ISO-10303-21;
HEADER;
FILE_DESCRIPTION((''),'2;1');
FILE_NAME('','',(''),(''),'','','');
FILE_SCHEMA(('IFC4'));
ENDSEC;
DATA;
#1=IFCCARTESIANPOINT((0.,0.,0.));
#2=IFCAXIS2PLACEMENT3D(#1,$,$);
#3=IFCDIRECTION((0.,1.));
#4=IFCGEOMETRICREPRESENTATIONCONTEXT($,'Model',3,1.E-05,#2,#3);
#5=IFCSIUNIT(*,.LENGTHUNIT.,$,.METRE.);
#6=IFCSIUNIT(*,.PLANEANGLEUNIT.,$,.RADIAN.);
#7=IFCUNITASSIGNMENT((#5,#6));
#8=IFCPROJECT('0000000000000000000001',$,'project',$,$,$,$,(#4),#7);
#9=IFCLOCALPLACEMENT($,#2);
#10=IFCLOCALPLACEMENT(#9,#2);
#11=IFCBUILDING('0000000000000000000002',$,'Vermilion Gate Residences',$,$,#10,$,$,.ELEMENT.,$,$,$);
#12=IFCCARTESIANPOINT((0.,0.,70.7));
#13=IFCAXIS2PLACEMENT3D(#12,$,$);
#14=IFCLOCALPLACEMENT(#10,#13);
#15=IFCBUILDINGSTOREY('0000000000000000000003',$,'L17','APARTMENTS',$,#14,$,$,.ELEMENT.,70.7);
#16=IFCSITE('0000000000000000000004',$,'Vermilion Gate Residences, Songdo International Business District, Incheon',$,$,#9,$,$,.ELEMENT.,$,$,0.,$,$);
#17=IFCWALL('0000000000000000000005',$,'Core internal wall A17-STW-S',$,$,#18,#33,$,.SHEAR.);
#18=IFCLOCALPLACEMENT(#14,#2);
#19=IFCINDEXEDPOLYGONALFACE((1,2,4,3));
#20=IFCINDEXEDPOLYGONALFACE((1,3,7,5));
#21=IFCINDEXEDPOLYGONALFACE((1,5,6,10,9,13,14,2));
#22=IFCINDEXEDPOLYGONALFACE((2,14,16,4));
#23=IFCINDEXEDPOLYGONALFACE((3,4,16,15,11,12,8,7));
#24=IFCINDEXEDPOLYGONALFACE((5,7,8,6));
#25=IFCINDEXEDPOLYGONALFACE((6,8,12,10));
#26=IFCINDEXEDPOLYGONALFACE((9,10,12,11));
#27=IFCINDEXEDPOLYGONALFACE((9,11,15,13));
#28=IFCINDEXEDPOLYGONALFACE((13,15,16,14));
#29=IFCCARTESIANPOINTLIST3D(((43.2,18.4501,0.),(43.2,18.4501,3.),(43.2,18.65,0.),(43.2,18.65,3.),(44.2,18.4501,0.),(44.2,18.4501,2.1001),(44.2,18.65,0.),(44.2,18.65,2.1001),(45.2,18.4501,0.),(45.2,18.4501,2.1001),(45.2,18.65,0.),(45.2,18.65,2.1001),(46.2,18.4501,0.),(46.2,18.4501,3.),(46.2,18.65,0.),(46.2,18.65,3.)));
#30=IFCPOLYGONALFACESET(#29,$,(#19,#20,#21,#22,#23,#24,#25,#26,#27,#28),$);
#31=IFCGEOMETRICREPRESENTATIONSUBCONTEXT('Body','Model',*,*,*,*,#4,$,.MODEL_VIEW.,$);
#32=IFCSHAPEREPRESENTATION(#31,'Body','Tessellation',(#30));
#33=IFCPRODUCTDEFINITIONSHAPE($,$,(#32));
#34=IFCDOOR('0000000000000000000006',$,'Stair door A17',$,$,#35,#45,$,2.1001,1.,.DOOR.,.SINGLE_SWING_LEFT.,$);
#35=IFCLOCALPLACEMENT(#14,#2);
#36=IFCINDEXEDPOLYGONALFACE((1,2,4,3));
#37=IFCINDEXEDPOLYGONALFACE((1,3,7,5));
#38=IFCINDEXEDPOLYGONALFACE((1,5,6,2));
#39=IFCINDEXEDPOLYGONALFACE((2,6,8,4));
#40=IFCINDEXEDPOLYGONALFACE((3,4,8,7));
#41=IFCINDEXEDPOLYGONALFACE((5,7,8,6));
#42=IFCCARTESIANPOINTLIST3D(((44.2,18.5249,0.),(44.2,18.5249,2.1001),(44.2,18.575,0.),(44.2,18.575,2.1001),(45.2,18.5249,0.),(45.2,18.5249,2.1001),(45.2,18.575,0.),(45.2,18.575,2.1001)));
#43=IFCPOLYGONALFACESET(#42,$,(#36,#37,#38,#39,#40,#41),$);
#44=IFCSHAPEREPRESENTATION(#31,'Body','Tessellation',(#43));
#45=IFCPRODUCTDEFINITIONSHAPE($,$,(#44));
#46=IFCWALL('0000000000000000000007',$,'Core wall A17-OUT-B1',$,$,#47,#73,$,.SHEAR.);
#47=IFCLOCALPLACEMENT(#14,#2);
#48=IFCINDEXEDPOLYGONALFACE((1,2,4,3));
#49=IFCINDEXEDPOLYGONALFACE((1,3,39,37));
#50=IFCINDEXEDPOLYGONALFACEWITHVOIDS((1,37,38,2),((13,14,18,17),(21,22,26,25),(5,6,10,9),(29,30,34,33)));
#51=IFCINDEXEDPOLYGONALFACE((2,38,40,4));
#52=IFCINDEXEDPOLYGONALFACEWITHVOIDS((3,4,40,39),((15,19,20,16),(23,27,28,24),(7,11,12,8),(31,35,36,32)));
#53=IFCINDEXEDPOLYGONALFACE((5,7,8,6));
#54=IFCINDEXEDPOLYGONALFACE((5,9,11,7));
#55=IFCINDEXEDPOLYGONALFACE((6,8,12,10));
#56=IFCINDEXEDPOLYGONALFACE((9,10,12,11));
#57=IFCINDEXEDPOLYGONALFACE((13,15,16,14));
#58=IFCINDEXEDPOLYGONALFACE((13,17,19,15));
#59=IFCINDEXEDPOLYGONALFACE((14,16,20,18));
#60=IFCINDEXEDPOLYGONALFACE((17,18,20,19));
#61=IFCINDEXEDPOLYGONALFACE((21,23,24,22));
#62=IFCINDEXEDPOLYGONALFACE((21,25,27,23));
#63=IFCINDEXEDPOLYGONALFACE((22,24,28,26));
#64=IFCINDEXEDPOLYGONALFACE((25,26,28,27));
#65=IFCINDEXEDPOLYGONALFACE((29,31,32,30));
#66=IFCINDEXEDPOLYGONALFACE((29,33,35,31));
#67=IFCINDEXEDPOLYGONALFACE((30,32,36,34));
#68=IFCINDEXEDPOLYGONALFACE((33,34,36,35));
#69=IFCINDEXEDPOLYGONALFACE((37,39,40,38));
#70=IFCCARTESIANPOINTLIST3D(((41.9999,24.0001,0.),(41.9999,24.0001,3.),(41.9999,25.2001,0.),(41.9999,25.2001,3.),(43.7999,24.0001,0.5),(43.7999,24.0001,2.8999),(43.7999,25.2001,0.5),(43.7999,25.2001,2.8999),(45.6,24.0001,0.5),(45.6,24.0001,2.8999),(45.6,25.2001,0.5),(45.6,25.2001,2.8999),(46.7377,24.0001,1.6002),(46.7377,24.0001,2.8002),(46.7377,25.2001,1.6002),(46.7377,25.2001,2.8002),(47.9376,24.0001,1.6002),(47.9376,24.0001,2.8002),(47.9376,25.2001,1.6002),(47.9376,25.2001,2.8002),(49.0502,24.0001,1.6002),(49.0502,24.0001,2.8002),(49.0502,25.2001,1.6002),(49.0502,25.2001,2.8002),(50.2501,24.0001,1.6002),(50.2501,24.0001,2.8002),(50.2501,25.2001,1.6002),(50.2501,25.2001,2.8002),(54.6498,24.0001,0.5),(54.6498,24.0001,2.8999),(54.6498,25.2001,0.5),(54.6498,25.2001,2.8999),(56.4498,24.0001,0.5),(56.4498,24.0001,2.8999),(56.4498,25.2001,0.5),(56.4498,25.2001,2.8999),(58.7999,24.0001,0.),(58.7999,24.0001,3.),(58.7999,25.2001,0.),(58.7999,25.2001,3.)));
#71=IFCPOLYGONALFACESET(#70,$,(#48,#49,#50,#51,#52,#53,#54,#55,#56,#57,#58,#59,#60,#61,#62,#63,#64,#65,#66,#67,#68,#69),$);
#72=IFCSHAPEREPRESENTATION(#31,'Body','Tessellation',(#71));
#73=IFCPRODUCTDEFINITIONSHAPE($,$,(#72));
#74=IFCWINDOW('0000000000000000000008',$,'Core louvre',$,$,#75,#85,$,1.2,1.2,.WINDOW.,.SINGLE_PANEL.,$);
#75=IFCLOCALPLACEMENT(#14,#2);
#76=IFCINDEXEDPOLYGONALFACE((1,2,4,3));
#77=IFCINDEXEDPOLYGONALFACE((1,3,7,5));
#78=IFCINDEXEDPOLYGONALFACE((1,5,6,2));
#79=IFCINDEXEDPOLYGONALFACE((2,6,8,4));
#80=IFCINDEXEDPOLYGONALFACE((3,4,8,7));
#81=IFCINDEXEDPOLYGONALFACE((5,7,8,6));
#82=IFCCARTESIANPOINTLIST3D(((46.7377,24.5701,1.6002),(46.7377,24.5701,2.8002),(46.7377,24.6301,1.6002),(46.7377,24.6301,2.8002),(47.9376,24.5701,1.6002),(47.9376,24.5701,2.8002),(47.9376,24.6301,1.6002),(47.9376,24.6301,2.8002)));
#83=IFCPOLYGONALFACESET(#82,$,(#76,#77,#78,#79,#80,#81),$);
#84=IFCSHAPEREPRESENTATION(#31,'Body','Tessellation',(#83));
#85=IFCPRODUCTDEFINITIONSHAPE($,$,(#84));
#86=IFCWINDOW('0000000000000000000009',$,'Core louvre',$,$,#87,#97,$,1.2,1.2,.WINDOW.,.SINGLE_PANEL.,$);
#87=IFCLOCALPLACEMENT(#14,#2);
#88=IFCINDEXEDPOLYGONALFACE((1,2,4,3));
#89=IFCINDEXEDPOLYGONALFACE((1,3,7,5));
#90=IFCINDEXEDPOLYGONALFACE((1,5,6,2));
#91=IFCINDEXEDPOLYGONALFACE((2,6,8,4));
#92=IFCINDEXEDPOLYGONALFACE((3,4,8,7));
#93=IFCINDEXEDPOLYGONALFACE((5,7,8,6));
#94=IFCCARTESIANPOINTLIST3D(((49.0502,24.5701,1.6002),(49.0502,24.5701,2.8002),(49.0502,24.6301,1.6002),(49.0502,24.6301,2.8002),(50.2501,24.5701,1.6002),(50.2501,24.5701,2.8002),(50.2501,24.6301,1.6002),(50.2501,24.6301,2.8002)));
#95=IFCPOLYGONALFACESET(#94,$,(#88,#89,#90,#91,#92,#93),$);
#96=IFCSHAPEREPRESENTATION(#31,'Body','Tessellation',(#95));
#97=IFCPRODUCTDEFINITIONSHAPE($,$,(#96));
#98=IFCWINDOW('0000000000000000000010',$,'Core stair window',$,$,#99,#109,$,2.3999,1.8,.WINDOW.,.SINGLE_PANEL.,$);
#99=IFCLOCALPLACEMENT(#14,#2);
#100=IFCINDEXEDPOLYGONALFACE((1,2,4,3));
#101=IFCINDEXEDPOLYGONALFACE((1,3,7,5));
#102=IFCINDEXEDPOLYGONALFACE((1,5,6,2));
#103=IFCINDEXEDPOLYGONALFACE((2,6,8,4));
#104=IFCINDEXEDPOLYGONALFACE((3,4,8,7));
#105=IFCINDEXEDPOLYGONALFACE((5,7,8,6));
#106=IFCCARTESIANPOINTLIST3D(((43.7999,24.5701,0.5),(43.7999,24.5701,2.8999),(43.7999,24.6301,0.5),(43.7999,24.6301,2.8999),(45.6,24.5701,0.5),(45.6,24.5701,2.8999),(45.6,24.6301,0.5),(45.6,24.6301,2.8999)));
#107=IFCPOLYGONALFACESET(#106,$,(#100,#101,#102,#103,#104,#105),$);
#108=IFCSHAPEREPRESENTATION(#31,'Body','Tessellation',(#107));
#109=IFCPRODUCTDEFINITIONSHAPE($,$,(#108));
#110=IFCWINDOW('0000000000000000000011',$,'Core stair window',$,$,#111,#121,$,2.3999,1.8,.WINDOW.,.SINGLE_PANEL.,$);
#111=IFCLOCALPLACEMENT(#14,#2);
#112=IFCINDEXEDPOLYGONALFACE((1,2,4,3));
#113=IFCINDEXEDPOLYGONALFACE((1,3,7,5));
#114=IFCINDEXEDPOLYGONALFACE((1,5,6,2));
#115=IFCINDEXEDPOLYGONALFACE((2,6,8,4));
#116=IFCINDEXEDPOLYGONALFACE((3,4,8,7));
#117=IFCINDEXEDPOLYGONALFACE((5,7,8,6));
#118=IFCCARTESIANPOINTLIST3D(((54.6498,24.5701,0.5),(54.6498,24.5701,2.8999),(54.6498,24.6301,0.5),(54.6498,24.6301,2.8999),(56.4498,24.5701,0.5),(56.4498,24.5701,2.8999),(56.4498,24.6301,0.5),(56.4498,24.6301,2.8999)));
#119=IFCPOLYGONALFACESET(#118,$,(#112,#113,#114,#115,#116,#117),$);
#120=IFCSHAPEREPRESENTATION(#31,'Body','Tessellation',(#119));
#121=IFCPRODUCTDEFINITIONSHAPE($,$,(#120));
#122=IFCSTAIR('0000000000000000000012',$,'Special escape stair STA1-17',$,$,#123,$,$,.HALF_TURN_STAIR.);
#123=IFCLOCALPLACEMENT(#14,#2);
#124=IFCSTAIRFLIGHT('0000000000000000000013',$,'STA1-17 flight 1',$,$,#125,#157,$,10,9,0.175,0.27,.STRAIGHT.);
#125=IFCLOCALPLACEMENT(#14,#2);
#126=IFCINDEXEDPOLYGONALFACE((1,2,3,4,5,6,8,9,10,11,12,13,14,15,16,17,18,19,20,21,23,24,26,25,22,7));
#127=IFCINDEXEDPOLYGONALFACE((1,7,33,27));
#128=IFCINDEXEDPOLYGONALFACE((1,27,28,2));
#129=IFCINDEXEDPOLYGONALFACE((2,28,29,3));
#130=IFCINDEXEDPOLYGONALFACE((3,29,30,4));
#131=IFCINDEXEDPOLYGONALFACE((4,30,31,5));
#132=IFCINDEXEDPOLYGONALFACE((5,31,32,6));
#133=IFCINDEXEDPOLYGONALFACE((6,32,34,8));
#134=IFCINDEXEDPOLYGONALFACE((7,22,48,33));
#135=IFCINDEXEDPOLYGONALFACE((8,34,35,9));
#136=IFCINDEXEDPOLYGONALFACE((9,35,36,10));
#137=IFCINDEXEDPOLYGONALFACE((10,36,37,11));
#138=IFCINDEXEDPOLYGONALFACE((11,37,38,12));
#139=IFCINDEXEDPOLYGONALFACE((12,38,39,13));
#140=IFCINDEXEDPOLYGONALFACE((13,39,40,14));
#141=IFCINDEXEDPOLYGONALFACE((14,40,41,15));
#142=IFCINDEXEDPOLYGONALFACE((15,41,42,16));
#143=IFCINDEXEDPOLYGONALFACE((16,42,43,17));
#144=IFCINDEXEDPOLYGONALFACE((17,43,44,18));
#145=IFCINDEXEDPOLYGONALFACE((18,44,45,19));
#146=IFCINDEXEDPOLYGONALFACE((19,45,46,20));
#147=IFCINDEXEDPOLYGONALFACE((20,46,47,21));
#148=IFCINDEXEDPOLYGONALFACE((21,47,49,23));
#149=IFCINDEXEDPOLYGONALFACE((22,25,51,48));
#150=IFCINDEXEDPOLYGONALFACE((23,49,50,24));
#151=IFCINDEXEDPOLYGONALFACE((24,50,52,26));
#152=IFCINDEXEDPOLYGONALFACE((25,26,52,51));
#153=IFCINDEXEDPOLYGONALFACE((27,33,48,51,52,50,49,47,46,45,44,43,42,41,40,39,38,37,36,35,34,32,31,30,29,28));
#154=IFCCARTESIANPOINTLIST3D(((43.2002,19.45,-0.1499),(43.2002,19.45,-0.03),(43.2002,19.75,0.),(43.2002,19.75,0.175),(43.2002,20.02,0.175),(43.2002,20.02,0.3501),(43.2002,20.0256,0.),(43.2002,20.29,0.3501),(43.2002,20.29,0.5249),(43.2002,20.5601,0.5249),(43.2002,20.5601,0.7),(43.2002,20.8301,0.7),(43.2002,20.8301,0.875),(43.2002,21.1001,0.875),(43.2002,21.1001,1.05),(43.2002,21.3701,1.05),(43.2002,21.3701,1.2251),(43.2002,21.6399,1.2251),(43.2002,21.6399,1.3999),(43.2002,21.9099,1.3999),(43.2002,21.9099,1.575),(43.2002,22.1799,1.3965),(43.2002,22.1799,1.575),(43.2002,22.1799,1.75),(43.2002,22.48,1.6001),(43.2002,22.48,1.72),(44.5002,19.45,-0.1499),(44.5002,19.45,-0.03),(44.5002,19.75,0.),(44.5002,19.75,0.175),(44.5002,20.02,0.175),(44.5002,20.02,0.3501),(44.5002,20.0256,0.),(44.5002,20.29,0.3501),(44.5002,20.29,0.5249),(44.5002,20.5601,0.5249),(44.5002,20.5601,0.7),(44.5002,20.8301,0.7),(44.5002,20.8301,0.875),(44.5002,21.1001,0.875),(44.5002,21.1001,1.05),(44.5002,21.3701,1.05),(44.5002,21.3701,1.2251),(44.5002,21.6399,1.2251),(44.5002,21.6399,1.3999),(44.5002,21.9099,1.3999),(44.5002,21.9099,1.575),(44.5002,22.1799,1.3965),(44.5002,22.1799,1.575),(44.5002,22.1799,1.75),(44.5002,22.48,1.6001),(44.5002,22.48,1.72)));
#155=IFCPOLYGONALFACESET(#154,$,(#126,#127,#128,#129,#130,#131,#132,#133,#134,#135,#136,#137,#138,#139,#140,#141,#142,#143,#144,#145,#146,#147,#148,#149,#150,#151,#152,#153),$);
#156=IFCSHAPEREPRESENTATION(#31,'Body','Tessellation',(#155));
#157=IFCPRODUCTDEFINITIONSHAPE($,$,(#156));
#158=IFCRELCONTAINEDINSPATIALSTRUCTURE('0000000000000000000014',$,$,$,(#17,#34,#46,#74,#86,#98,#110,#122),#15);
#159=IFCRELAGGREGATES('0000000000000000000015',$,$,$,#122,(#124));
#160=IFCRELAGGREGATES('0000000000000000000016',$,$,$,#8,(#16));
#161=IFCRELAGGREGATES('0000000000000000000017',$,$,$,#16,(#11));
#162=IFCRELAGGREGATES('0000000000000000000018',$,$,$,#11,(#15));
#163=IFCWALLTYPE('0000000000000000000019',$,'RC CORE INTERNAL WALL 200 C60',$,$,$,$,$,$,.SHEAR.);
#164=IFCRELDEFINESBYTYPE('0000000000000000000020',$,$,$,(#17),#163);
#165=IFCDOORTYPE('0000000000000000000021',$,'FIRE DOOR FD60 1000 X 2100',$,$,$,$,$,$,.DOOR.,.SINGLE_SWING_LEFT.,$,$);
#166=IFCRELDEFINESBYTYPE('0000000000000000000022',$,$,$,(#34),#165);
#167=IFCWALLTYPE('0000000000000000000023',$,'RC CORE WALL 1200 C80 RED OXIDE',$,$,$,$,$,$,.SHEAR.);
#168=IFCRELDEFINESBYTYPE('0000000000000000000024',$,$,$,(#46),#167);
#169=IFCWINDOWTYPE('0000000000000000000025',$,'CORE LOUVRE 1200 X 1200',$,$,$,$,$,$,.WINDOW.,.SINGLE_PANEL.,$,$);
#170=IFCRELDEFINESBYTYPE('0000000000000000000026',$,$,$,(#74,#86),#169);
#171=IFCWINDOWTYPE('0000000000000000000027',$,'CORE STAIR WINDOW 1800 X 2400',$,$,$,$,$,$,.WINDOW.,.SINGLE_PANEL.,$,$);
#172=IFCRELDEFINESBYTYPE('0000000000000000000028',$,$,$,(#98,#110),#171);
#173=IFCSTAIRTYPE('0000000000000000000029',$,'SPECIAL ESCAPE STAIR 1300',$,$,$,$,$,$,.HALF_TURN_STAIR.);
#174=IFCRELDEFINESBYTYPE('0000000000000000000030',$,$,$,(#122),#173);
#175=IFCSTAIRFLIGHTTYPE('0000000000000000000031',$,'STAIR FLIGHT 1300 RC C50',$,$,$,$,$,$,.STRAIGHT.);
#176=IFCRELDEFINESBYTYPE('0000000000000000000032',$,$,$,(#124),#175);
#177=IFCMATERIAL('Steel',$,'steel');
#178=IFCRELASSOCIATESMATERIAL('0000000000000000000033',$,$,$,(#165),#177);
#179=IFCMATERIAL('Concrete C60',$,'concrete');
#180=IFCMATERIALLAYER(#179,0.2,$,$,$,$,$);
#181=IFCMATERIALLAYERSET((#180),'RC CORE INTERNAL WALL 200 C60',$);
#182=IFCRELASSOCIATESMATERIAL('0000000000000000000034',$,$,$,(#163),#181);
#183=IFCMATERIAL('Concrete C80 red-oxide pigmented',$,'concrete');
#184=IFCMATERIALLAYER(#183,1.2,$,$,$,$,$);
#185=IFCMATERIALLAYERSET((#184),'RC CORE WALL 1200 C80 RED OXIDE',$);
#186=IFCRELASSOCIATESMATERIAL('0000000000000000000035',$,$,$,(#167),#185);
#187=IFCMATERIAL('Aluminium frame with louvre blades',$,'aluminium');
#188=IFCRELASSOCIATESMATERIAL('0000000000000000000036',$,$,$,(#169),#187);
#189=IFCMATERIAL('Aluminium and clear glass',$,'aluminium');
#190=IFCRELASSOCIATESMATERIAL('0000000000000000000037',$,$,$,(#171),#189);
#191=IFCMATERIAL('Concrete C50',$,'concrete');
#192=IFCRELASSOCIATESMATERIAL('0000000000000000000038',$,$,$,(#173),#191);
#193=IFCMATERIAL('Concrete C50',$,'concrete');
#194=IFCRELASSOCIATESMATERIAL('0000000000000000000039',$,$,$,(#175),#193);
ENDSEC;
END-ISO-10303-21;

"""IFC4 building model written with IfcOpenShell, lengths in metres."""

from ifc_helpers import new_model, si_unit, direction, frame, frame_2d, origin, place, context, subcontext, project, spatial, polyline, rectangle, outline, extrude, material, layer, layer_set, type_object, element, fill, aggregate, save


model = new_model("IFC4")

# Units and contexts
model_context = context("Model", 3, precision=1e-05, world=origin(), true_north=direction((0.0, 1.0)))
body_context = subcontext(model_context, "Body", "Model", "MODEL_VIEW")
ifc_project = project(units=[si_unit("LENGTHUNIT", "METRE"), si_unit("PLANEANGLEUNIT", "RADIAN")], contexts=[model_context])

# Site, building, storey
site_placement = place(None, origin())
site = spatial("IfcSite", under=ifc_project, at=site_placement, Name="Vermilion Gate Residences, Songdo International Business District, Incheon", CompositionType="ELEMENT", RefElevation=0.0)
building_placement = place(site_placement, origin())
building = spatial("IfcBuilding", under=site, at=building_placement, Name="Vermilion Gate Residences", CompositionType="ELEMENT")
storey_placement = place(building_placement, frame((0.0, 0.0, 70.7)))
storey = spatial("IfcBuildingStorey", under=building, at=storey_placement, Name="L17", Description="APARTMENTS", CompositionType="ELEMENT", Elevation=70.7)

# Shared definitions
ifc_material_1 = material(Name="Steel", Category="steel")
door_type_1 = type_object("IfcDoorType", Name="FIRE DOOR FD60 1000 X 2100", OperationType="SINGLE_SWING_LEFT", PredefinedType="DOOR", material=ifc_material_1)

# Wall, opening, door
ifc_material_2 = material(Name="Concrete C60", Category="concrete")
ifc_layer_1 = layer(ifc_material_2, 0.2)
ifc_layer_set_1 = layer_set([ifc_layer_1], Name="RC CORE INTERNAL WALL 200 C60")
wall_type_1 = type_object("IfcWallType", Name="RC CORE INTERNAL WALL 200 C60", PredefinedType="SHEAR", material=ifc_layer_set_1)
wall_1_placement = place(storey_placement, frame((43.2, 18.55, 0.0), z_axis=(0.0, 0.0, 1.0), x_axis=(1.0, 0.0, 0.0)))
wall_1 = element("IfcWall", 1, at=wall_1_placement, inside=storey, type_object=wall_type_1, Name="Core internal wall A17-STW-S", PredefinedType="SHEAR", context=body_context, shape_type="SweptSolid", body=[
    extrude(rectangle(XDim=3.0, YDim=0.2, at=frame_2d((1.5, 0.0))), origin(), (0.0, 0.0, 1.0), 3.0),
])
opening_1_placement = place(wall_1_placement, frame((1.0, 0.0, 0.0)))
opening_1 = element("IfcOpeningElement", 2, at=opening_1_placement, cuts=wall_1, PredefinedType="OPENING", context=body_context, shape_type="SweptSolid", body=[
    extrude(rectangle(XDim=1.0, YDim=2.1001, at=frame_2d((0.5, 1.05))), frame((0.0, 0.1099, 0.0), z_axis=(0.0, -1.0, 0.0), x_axis=(1.0, 0.0, 0.0)), (0.0, 0.0, 1.0), 0.22),
])
door_1_placement = place(opening_1_placement, origin())
door_1 = element("IfcDoor", 3, at=door_1_placement, inside=storey, type_object=door_type_1, Name="Stair door A17", OperationType="SINGLE_SWING_LEFT", OverallHeight=2.1001, OverallWidth=1.0, PredefinedType="DOOR", context=body_context, shape_type="SweptSolid", body=[
    extrude(rectangle(XDim=1.0, YDim=2.1001, at=frame_2d((0.5, 1.05))), frame((0.0, 0.0249, 0.0), z_axis=(0.0, -1.0, 0.0), x_axis=(1.0, 0.0, 0.0)), (0.0, 0.0, 1.0), 0.05),
])
fill(opening_1, door_1)

# Wall, openings, windows
ifc_material_3 = material(Name="Concrete C80 red-oxide pigmented", Category="concrete")
ifc_layer_2 = layer(ifc_material_3, 1.2)
ifc_layer_set_2 = layer_set([ifc_layer_2], Name="RC CORE WALL 1200 C80 RED OXIDE")
wall_type_2 = type_object("IfcWallType", Name="RC CORE WALL 1200 C80 RED OXIDE", PredefinedType="SHEAR", material=ifc_layer_set_2)
wall_2_placement = place(storey_placement, frame((42.0, 24.6001, 0.0), z_axis=(0.0, 0.0, 1.0), x_axis=(1.0, 0.0, 0.0)))
wall_2 = element("IfcWall", 4, at=wall_2_placement, inside=storey, type_object=wall_type_2, Name="Core wall A17-OUT-B1", PredefinedType="SHEAR", context=body_context, shape_type="SweptSolid", body=[
    extrude(rectangle(XDim=16.8, YDim=1.2, at=frame_2d((8.3999, 0.0))), origin(), (0.0, 0.0, 1.0), 3.0),
])
opening_2_placement = place(wall_2_placement, frame((1.8, 0.0, 0.5)))
opening_2 = element("IfcOpeningElement", 5, at=opening_2_placement, cuts=wall_2, PredefinedType="OPENING", context=body_context, shape_type="SweptSolid", body=[
    extrude(rectangle(XDim=1.8, YDim=2.3999, at=frame_2d((0.8999, 1.2))), frame((0.0, 0.6099, 0.0), z_axis=(0.0, -1.0, 0.0), x_axis=(1.0, 0.0, 0.0)), (0.0, 0.0, 1.0), 1.22),
])
opening_3_placement = place(wall_2_placement, frame((4.7375, 0.0, 1.6001)))
opening_3 = element("IfcOpeningElement", 6, at=opening_3_placement, cuts=wall_2, PredefinedType="OPENING", context=body_context, shape_type="SweptSolid", body=[
    extrude(rectangle(XDim=1.2, YDim=1.2, at=frame_2d((0.6001, 0.6001))), frame((0.0, 0.6099, 0.0), z_axis=(0.0, -1.0, 0.0), x_axis=(1.0, 0.0, 0.0)), (0.0, 0.0, 1.0), 1.22),
])
opening_4_placement = place(wall_2_placement, frame((7.05, 0.0, 1.6001)))
opening_4 = element("IfcOpeningElement", 7, at=opening_4_placement, cuts=wall_2, PredefinedType="OPENING", context=body_context, shape_type="SweptSolid", body=[
    extrude(rectangle(XDim=1.2, YDim=1.2, at=frame_2d((0.6001, 0.6001))), frame((0.0, 0.6099, 0.0), z_axis=(0.0, -1.0, 0.0), x_axis=(1.0, 0.0, 0.0)), (0.0, 0.0, 1.0), 1.22),
])
opening_5_placement = place(wall_2_placement, frame((12.6499, 0.0, 0.5)))
opening_5 = element("IfcOpeningElement", 8, at=opening_5_placement, cuts=wall_2, PredefinedType="OPENING", context=body_context, shape_type="SweptSolid", body=[
    extrude(rectangle(XDim=1.8, YDim=2.3999, at=frame_2d((0.8999, 1.2))), frame((0.0, 0.6099, 0.0), z_axis=(0.0, -1.0, 0.0), x_axis=(1.0, 0.0, 0.0)), (0.0, 0.0, 1.0), 1.22),
])
ifc_material_4 = material(Name="Aluminium frame with louvre blades", Category="aluminium")
window_type_1 = type_object("IfcWindowType", Name="CORE LOUVRE 1200 X 1200", PartitioningType="SINGLE_PANEL", PredefinedType="WINDOW", material=ifc_material_4)
window_1_placement = place(opening_3_placement, origin())
window_1 = element("IfcWindow", 9, at=window_1_placement, inside=storey, type_object=window_type_1, Name="Core louvre", OverallHeight=1.2, OverallWidth=1.2, PartitioningType="SINGLE_PANEL", PredefinedType="WINDOW", context=body_context, shape_type="SweptSolid", body=[
    extrude(rectangle(XDim=1.2, YDim=1.2, at=frame_2d((0.6001, 0.6001))), frame((0.0, 0.03, 0.0), z_axis=(0.0, -1.0, 0.0), x_axis=(1.0, 0.0, 0.0)), (0.0, 0.0, 1.0), 0.0601),
])
fill(opening_3, window_1)
window_2_placement = place(opening_4_placement, origin())
window_2 = element("IfcWindow", 10, at=window_2_placement, inside=storey, type_object=window_type_1, Name="Core louvre", OverallHeight=1.2, OverallWidth=1.2, PartitioningType="SINGLE_PANEL", PredefinedType="WINDOW", context=body_context, shape_type="SweptSolid", body=[
    extrude(rectangle(XDim=1.2, YDim=1.2, at=frame_2d((0.6001, 0.6001))), frame((0.0, 0.03, 0.0), z_axis=(0.0, -1.0, 0.0), x_axis=(1.0, 0.0, 0.0)), (0.0, 0.0, 1.0), 0.0601),
])
fill(opening_4, window_2)
ifc_material_5 = material(Name="Aluminium and clear glass", Category="aluminium")
window_type_2 = type_object("IfcWindowType", Name="CORE STAIR WINDOW 1800 X 2400", PartitioningType="SINGLE_PANEL", PredefinedType="WINDOW", material=ifc_material_5)
window_3_placement = place(opening_2_placement, origin())
window_3 = element("IfcWindow", 11, at=window_3_placement, inside=storey, type_object=window_type_2, Name="Core stair window", OverallHeight=2.3999, OverallWidth=1.8, PartitioningType="SINGLE_PANEL", PredefinedType="WINDOW", context=body_context, shape_type="SweptSolid", body=[
    extrude(rectangle(XDim=1.8, YDim=2.3999, at=frame_2d((0.8999, 1.2))), frame((0.0, 0.03, 0.0), z_axis=(0.0, -1.0, 0.0), x_axis=(1.0, 0.0, 0.0)), (0.0, 0.0, 1.0), 0.0601),
])
fill(opening_2, window_3)
window_4_placement = place(opening_5_placement, origin())
window_4 = element("IfcWindow", 12, at=window_4_placement, inside=storey, type_object=window_type_2, Name="Core stair window", OverallHeight=2.3999, OverallWidth=1.8, PartitioningType="SINGLE_PANEL", PredefinedType="WINDOW", context=body_context, shape_type="SweptSolid", body=[
    extrude(rectangle(XDim=1.8, YDim=2.3999, at=frame_2d((0.8999, 1.2))), frame((0.0, 0.03, 0.0), z_axis=(0.0, -1.0, 0.0), x_axis=(1.0, 0.0, 0.0)), (0.0, 0.0, 1.0), 0.0601),
])
fill(opening_5, window_4)

# Stair, stair flight
ifc_material_6 = material(Name="Concrete C50", Category="concrete")
stair_type = type_object("IfcStairType", Name="SPECIAL ESCAPE STAIR 1300", PredefinedType="HALF_TURN_STAIR", material=ifc_material_6)
stair_placement = place(storey_placement, origin())
stair = element("IfcStair", 13, at=stair_placement, inside=storey, type_object=stair_type, Name="Special escape stair STA1-17", PredefinedType="HALF_TURN_STAIR")
ifc_material_7 = material(Name="Concrete C50", Category="concrete")
stair_flight_type = type_object("IfcStairFlightType", Name="STAIR FLIGHT 1300 RC C50", PredefinedType="STRAIGHT", material=ifc_material_7)
stair_flight_placement = place(storey_placement, frame((43.8501, 19.75, 0.0), z_axis=(0.0, 0.0, 1.0), x_axis=(0.0, 1.0, 0.0)))
stair_flight = element("IfcStairFlight", 14, at=stair_flight_placement, type_object=stair_flight_type, Name="STA1-17 flight 1", NumberOfRisers=10, NumberOfTreads=9, PredefinedType="STRAIGHT", RiserHeight=0.175, TreadLength=0.27, context=body_context, shape_type="SweptSolid", body=[
    extrude(outline(polyline([(-0.3, -0.1499), (-0.3, -0.03), (0.0, 0.0), (0.0, 0.175), (0.27, 0.175), (0.27, 0.3501), (0.54, 0.3501), (0.54, 0.5249), (0.8101, 0.5249), (0.8101, 0.7), (1.0801, 0.7), (1.0801, 0.875), (1.3501, 0.875), (1.3501, 1.05), (1.6201, 1.05), (1.6201, 1.2251), (1.8899, 1.2251), (1.8899, 1.3999), (2.1599, 1.3999), (2.1599, 1.575), (2.4299, 1.575), (2.4299, 1.75), (2.73, 1.72), (2.73, 1.6001), (2.4299, 1.3965), (0.2756, 0.0), (-0.3, -0.1499)])), frame((0.0, 0.6499, 0.0), z_axis=(0.0, -1.0, 0.0), x_axis=(1.0, 0.0, 0.0)), (0.0, 0.0, 1.0), 1.3),
])
aggregate(stair, [stair_flight])

save(model, "model.ifc")
